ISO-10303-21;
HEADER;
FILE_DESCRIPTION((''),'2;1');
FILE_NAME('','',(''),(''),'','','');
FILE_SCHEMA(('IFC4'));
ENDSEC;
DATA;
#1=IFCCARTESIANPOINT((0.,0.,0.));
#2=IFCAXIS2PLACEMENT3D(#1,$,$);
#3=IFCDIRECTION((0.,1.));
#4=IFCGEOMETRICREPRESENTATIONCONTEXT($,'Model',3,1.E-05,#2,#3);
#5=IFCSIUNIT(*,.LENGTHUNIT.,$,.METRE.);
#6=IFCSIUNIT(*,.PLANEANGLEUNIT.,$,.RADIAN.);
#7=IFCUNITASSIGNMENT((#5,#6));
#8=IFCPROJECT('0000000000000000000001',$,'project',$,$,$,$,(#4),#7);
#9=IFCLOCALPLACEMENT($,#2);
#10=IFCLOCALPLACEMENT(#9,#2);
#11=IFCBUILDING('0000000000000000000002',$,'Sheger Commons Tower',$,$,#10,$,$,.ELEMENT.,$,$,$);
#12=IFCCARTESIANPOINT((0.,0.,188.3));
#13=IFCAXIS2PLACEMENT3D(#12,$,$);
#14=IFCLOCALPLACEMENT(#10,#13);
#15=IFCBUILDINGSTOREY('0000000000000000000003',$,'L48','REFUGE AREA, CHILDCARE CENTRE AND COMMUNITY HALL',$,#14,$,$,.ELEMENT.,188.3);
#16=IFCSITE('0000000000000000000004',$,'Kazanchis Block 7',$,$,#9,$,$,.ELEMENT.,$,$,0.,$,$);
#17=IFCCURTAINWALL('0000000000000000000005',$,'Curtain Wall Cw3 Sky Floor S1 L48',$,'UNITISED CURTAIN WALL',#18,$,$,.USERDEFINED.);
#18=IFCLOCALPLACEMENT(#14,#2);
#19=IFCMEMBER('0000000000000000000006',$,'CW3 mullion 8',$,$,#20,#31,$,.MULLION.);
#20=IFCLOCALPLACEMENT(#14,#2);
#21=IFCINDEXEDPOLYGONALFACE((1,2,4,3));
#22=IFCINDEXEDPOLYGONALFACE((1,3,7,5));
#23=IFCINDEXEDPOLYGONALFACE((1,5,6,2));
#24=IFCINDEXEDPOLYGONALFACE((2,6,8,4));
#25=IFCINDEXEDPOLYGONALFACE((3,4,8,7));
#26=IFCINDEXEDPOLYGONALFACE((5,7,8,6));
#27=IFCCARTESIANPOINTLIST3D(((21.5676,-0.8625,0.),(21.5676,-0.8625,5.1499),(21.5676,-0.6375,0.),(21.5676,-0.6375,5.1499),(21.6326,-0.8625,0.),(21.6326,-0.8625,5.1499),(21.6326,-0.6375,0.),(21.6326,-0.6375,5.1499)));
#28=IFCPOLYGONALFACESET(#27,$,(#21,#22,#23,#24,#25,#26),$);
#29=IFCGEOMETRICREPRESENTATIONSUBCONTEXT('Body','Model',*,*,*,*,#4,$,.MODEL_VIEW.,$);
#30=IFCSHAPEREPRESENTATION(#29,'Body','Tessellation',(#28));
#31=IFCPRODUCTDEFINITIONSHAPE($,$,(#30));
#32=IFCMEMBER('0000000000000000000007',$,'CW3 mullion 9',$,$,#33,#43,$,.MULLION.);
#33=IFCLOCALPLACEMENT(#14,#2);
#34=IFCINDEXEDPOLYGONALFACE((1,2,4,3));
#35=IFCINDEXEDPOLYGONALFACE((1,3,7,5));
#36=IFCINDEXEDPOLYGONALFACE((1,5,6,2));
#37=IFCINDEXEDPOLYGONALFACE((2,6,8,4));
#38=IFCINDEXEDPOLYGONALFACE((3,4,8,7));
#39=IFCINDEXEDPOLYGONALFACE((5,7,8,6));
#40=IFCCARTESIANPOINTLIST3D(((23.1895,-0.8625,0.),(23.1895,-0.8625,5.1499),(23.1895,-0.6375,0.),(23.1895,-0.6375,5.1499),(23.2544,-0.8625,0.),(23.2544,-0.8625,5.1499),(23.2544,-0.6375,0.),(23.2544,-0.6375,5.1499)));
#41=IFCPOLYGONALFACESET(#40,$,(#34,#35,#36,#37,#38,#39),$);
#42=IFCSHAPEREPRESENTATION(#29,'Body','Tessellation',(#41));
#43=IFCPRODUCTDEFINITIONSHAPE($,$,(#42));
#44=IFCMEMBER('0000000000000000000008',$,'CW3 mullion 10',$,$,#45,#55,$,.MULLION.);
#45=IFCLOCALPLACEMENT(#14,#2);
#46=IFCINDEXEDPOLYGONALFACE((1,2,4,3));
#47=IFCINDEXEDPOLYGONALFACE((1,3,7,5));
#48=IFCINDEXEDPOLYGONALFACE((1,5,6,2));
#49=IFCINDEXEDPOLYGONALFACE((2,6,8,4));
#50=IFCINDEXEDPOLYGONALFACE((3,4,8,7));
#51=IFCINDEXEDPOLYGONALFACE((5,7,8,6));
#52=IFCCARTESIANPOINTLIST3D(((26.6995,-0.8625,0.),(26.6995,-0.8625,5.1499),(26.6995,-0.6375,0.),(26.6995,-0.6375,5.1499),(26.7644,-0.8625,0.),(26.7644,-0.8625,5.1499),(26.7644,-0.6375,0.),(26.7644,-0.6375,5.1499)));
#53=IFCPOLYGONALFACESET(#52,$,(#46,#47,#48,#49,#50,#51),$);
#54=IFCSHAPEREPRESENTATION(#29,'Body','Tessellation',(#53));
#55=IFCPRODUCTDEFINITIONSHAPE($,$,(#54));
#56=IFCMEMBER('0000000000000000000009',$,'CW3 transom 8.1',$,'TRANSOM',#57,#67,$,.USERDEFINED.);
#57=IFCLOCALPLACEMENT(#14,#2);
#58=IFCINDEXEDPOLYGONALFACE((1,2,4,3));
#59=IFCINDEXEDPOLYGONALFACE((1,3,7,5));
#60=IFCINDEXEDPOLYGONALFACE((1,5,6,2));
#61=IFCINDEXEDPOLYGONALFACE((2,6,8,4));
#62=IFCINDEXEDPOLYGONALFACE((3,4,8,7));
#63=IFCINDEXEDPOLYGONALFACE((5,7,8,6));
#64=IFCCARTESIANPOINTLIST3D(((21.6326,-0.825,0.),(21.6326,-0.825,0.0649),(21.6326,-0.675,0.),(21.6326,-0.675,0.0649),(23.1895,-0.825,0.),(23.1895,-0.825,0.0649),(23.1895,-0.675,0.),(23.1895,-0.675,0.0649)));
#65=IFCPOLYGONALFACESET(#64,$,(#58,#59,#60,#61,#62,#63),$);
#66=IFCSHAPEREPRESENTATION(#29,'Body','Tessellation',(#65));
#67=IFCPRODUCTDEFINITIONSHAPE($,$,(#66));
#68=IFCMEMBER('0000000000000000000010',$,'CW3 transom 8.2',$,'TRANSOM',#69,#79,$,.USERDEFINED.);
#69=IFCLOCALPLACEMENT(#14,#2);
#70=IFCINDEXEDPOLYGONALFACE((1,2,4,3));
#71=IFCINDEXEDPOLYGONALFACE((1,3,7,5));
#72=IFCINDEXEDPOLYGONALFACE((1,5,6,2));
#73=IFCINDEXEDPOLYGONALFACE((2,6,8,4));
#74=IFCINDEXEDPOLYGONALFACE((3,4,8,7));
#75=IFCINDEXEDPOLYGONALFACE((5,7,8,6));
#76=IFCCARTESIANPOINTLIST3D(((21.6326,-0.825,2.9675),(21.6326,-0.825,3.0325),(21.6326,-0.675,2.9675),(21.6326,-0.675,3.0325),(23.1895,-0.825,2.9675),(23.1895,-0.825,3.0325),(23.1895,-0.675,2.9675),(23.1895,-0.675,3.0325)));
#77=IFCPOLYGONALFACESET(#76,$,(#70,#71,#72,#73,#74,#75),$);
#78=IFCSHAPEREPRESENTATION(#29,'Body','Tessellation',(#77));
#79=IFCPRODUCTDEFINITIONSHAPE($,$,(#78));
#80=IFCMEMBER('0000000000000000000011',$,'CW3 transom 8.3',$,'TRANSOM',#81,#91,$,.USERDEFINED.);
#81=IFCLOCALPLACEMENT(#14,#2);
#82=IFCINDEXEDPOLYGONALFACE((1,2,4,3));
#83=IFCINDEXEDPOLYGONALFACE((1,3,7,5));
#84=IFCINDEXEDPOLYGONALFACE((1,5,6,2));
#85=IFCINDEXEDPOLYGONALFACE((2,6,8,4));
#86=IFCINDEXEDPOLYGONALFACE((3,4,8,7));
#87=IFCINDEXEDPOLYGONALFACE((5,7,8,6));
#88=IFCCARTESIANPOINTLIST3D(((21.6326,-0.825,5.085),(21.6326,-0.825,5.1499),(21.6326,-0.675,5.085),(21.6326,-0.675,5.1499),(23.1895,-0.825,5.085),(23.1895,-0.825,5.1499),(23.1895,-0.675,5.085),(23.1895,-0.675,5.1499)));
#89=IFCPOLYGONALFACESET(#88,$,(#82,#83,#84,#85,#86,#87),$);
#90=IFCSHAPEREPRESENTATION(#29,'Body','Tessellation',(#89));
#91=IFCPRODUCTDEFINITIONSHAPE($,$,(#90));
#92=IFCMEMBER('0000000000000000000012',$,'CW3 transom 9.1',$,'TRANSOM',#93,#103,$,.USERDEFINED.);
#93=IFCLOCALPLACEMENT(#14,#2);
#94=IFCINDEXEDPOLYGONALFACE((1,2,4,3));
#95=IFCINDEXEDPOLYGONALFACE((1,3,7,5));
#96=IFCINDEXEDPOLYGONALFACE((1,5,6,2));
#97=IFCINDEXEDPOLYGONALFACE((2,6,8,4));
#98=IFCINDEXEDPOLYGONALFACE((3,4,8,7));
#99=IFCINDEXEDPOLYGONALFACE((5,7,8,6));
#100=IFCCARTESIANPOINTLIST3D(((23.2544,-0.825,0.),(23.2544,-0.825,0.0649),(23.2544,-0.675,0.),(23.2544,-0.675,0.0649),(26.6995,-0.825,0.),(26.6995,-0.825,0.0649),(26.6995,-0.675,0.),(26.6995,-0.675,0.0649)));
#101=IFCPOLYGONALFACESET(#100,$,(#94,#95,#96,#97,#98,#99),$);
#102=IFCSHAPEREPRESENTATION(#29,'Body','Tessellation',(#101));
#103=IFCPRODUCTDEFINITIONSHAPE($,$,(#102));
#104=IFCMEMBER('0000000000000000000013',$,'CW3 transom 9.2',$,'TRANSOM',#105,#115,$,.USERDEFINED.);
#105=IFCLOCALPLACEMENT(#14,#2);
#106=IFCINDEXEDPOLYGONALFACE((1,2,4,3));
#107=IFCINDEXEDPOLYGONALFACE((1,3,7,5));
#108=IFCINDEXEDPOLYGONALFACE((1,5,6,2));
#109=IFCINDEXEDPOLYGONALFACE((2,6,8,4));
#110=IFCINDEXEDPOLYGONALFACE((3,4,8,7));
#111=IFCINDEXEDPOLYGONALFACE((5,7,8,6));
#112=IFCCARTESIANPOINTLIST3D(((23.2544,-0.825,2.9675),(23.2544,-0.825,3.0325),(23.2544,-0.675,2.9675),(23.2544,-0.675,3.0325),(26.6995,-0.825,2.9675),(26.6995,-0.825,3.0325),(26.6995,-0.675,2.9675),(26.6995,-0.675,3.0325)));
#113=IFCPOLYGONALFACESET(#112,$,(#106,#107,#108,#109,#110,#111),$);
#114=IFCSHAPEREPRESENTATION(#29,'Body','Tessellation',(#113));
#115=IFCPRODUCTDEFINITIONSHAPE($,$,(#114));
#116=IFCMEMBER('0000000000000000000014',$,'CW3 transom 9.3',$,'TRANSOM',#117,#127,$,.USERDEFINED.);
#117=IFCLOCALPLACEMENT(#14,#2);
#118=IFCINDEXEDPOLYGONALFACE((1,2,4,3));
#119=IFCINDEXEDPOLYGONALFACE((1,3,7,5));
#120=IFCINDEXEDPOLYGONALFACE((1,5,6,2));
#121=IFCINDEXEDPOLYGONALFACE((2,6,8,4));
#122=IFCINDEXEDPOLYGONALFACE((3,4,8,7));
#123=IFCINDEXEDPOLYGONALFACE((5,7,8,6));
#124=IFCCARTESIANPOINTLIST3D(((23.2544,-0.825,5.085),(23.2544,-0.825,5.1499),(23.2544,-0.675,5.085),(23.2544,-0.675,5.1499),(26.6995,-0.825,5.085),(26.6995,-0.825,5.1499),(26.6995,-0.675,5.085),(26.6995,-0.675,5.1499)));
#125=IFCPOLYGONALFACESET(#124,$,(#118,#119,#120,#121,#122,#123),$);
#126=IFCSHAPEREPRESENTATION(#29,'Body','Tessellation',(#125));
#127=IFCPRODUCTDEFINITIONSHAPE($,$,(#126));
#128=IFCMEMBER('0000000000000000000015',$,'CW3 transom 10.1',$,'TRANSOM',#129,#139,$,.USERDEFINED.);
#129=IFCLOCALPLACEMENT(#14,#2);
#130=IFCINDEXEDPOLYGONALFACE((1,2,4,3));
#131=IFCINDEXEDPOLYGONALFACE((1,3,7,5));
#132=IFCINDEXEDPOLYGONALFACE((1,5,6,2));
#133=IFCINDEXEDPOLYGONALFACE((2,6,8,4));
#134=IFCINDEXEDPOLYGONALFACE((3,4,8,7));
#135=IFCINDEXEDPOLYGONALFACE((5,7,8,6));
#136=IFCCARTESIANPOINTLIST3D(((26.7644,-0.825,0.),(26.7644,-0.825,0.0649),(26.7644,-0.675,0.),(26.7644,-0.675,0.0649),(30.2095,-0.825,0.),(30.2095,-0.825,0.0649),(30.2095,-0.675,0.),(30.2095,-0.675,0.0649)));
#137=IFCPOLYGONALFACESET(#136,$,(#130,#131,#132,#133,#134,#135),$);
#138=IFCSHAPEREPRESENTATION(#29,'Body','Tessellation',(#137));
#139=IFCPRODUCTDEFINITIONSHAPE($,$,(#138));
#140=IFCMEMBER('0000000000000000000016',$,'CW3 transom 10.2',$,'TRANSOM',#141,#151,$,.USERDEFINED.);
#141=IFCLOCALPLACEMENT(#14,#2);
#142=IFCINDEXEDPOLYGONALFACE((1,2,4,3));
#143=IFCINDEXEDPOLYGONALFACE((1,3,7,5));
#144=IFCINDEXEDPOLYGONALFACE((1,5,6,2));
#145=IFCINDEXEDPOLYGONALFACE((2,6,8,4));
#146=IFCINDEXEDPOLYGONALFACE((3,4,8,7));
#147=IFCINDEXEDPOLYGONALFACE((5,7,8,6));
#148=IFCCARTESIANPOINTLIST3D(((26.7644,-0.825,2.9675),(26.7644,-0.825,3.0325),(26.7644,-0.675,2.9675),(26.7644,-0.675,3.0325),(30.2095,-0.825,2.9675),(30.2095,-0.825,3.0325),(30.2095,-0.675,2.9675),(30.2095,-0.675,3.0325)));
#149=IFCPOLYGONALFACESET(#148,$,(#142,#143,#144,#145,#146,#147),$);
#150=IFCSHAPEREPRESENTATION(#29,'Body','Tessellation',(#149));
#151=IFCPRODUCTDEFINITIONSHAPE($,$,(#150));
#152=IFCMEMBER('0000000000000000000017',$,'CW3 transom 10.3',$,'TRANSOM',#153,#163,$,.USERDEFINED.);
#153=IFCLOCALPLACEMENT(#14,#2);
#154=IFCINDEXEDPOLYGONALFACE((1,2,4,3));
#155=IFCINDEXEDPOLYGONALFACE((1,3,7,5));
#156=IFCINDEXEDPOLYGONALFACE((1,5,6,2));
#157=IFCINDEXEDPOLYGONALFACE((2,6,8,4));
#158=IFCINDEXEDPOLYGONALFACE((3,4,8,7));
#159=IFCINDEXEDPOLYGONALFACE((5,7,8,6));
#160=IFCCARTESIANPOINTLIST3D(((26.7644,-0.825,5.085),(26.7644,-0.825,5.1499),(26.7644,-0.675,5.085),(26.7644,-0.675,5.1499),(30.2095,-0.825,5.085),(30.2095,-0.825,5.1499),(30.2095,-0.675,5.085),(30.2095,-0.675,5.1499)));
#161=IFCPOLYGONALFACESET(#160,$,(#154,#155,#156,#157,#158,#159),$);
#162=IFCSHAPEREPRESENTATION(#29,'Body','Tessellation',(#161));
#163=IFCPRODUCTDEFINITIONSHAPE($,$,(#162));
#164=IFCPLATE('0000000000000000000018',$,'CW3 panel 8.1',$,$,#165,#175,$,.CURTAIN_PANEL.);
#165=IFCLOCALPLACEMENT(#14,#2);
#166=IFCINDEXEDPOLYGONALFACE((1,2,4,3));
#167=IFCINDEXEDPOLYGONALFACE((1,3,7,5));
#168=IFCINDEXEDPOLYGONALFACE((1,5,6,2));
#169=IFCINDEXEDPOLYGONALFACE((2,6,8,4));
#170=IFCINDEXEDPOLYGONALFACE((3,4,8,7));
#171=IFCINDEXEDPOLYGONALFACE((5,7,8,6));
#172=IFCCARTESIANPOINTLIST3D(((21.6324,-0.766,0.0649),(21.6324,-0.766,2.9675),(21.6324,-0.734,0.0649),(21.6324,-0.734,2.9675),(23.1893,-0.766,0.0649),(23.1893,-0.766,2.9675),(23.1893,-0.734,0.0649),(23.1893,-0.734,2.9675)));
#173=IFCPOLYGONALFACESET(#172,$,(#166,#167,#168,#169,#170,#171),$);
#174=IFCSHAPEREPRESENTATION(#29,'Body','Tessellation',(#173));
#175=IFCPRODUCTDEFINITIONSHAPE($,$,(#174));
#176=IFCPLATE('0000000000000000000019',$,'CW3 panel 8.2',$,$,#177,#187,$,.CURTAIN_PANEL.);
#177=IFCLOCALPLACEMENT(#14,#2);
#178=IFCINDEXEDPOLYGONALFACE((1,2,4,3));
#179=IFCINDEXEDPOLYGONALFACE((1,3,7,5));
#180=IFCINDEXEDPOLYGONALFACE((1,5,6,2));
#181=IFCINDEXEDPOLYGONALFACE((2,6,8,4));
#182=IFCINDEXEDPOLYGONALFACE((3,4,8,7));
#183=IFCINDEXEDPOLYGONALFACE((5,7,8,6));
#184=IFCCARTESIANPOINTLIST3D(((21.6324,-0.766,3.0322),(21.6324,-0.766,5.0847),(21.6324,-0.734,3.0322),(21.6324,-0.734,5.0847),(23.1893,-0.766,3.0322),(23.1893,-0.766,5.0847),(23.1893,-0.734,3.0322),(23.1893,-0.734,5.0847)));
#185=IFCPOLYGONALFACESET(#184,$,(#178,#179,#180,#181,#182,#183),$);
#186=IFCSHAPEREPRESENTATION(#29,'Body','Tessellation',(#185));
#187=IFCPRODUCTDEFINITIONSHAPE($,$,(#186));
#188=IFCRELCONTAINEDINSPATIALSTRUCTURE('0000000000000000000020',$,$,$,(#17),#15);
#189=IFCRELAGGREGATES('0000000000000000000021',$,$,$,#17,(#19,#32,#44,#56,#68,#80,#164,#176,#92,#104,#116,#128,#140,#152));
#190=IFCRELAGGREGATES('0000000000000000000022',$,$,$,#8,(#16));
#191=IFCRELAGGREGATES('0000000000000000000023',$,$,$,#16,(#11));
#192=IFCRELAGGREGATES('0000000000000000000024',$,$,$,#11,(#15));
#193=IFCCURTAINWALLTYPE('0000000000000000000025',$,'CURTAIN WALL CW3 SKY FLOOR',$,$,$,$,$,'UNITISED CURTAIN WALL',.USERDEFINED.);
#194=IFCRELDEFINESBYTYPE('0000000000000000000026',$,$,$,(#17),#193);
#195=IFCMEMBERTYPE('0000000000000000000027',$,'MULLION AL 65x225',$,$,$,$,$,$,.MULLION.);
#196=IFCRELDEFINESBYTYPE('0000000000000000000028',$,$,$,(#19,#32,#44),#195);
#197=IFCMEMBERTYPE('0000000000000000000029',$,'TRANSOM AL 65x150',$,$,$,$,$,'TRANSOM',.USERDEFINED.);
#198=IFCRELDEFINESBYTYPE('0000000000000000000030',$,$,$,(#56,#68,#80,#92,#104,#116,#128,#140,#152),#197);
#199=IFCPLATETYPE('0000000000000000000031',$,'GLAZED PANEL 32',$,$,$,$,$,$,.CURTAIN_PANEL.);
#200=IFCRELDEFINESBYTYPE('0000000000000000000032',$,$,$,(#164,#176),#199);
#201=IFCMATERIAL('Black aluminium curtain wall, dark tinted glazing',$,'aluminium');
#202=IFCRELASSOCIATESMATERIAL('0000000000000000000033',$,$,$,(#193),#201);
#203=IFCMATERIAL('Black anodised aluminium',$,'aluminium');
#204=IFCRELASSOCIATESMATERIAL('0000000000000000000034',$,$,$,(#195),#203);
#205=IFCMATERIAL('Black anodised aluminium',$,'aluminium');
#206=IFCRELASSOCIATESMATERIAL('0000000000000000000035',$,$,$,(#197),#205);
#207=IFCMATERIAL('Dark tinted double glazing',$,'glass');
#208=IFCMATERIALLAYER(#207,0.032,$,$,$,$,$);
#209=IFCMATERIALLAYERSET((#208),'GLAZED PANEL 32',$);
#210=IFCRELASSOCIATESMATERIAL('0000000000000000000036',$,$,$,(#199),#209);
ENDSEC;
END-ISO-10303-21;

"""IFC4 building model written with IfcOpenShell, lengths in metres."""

from ifc_helpers import new_model, si_unit, direction, frame, origin, origin_2d, place, context, subcontext, project, spatial, rectangle, extrude, material, layer, layer_set, material_profile, profile_set, type_object, element, aggregate, save


model = new_model("IFC4")

# Units and contexts
model_context = context("Model", 3, precision=1e-05, world=origin(), true_north=direction((0.0, 1.0)))
body_context = subcontext(model_context, "Body", "Model", "MODEL_VIEW")
ifc_project = project(units=[si_unit("LENGTHUNIT", "METRE"), si_unit("PLANEANGLEUNIT", "RADIAN")], contexts=[model_context])

# Site, building, storey
site_placement = place(None, origin())
site = spatial("IfcSite", under=ifc_project, at=site_placement, Name="Kazanchis Block 7", CompositionType="ELEMENT", RefElevation=0.0)
building_placement = place(site_placement, origin())
building = spatial("IfcBuilding", under=site, at=building_placement, Name="Sheger Commons Tower", CompositionType="ELEMENT")
storey_placement = place(building_placement, frame((0.0, 0.0, 188.3)))
storey = spatial("IfcBuildingStorey", under=building, at=storey_placement, Name="L48", Description="REFUGE AREA, CHILDCARE CENTRE AND COMMUNITY HALL", CompositionType="ELEMENT", Elevation=188.3)

# Curtain wall, members, plates
ifc_material_1 = material(Name="Black aluminium curtain wall, dark tinted glazing", Category="aluminium")
curtain_wall_type = type_object("IfcCurtainWallType", Name="CURTAIN WALL CW3 SKY FLOOR", ElementType="UNITISED CURTAIN WALL", PredefinedType="USERDEFINED", material=ifc_material_1)
curtain_wall_placement = place(storey_placement, origin())
curtain_wall = element("IfcCurtainWall", 1, at=curtain_wall_placement, inside=storey, type_object=curtain_wall_type, Name="Curtain Wall Cw3 Sky Floor S1 L48", ObjectType="UNITISED CURTAIN WALL", PredefinedType="USERDEFINED")
ifc_material_2 = material(Name="Black anodised aluminium", Category="aluminium")
ifc_material_profile_1 = material_profile(ifc_material_2, rectangle(XDim=0.2251, YDim=0.0649, at=origin_2d()), Name="AL 65x225")
ifc_profile_set_1 = profile_set([ifc_material_profile_1], Name="Black anodised aluminium")
member_type_1 = type_object("IfcMemberType", Name="MULLION AL 65x225", PredefinedType="MULLION", material=ifc_profile_set_1)
member_1_placement = place(storey_placement, frame((21.6001, -0.75, 0.0), z_axis=(0.0, 0.0, 1.0), x_axis=(0.0, 1.0, 0.0)))
member_1 = element("IfcMember", 2, at=member_1_placement, type_object=member_type_1, Name="CW3 mullion 8", PredefinedType="MULLION", context=body_context, shape_type="SweptSolid", body=[
    extrude(rectangle(XDim=0.2251, YDim=0.0649, at=origin_2d()), origin(), (0.0, 0.0, 1.0), 5.1499),
])
member_2_placement = place(storey_placement, frame((23.2219, -0.75, 0.0), z_axis=(0.0, 0.0, 1.0), x_axis=(0.0, 1.0, 0.0)))
member_2 = element("IfcMember", 3, at=member_2_placement, type_object=member_type_1, Name="CW3 mullion 9", PredefinedType="MULLION", context=body_context, shape_type="SweptSolid", body=[
    extrude(rectangle(XDim=0.2251, YDim=0.0649, at=origin_2d()), origin(), (0.0, 0.0, 1.0), 5.1499),
])
member_3_placement = place(storey_placement, frame((26.7319, -0.75, 0.0), z_axis=(0.0, 0.0, 1.0), x_axis=(0.0, 1.0, 0.0)))
member_3 = element("IfcMember", 4, at=member_3_placement, type_object=member_type_1, Name="CW3 mullion 10", PredefinedType="MULLION", context=body_context, shape_type="SweptSolid", body=[
    extrude(rectangle(XDim=0.2251, YDim=0.0649, at=origin_2d()), origin(), (0.0, 0.0, 1.0), 5.1499),
])
ifc_material_3 = material(Name="Black anodised aluminium", Category="aluminium")
ifc_material_profile_2 = material_profile(ifc_material_3, rectangle(XDim=0.1499, YDim=0.0649, at=origin_2d()), Name="AL 65x150")
ifc_profile_set_2 = profile_set([ifc_material_profile_2], Name="Black anodised aluminium")
member_type_2 = type_object("IfcMemberType", Name="TRANSOM AL 65x150", ElementType="TRANSOM", PredefinedType="USERDEFINED", material=ifc_profile_set_2)
member_4_placement = place(storey_placement, frame((21.6326, -0.75, 0.0325), z_axis=(1.0, 0.0, 0.0), x_axis=(0.0, 1.0, 0.0)))
member_4 = element("IfcMember", 5, at=member_4_placement, type_object=member_type_2, Name="CW3 transom 8.1", ObjectType="TRANSOM", PredefinedType="USERDEFINED", context=body_context, shape_type="SweptSolid", body=[
    extrude(rectangle(XDim=0.1499, YDim=0.0649, at=origin_2d()), origin(), (0.0, 0.0, 1.0), 1.5569),
])
member_5_placement = place(storey_placement, frame((21.6326, -0.75, 3.0), z_axis=(1.0, 0.0, 0.0), x_axis=(0.0, 1.0, 0.0)))
member_5 = element("IfcMember", 6, at=member_5_placement, type_object=member_type_2, Name="CW3 transom 8.2", ObjectType="TRANSOM", PredefinedType="USERDEFINED", context=body_context, shape_type="SweptSolid", body=[
    extrude(rectangle(XDim=0.1499, YDim=0.0649, at=origin_2d()), origin(), (0.0, 0.0, 1.0), 1.5569),
])
member_6_placement = place(storey_placement, frame((21.6326, -0.75, 5.1174), z_axis=(1.0, 0.0, 0.0), x_axis=(0.0, 1.0, 0.0)))
member_6 = element("IfcMember", 7, at=member_6_placement, type_object=member_type_2, Name="CW3 transom 8.3", ObjectType="TRANSOM", PredefinedType="USERDEFINED", context=body_context, shape_type="SweptSolid", body=[
    extrude(rectangle(XDim=0.1499, YDim=0.0649, at=origin_2d()), origin(), (0.0, 0.0, 1.0), 1.5569),
])
member_7_placement = place(storey_placement, frame((23.2544, -0.75, 0.0325), z_axis=(1.0, 0.0, 0.0), x_axis=(0.0, 1.0, 0.0)))
member_7 = element("IfcMember", 8, at=member_7_placement, type_object=member_type_2, Name="CW3 transom 9.1", ObjectType="TRANSOM", PredefinedType="USERDEFINED", context=body_context, shape_type="SweptSolid", body=[
    extrude(rectangle(XDim=0.1499, YDim=0.0649, at=origin_2d()), origin(), (0.0, 0.0, 1.0), 3.4451),
])
member_8_placement = place(storey_placement, frame((23.2544, -0.75, 3.0), z_axis=(1.0, 0.0, 0.0), x_axis=(0.0, 1.0, 0.0)))
member_8 = element("IfcMember", 9, at=member_8_placement, type_object=member_type_2, Name="CW3 transom 9.2", ObjectType="TRANSOM", PredefinedType="USERDEFINED", context=body_context, shape_type="SweptSolid", body=[
    extrude(rectangle(XDim=0.1499, YDim=0.0649, at=origin_2d()), origin(), (0.0, 0.0, 1.0), 3.4451),
])
member_9_placement = place(storey_placement, frame((23.2544, -0.75, 5.1174), z_axis=(1.0, 0.0, 0.0), x_axis=(0.0, 1.0, 0.0)))
member_9 = element("IfcMember", 10, at=member_9_placement, type_object=member_type_2, Name="CW3 transom 9.3", ObjectType="TRANSOM", PredefinedType="USERDEFINED", context=body_context, shape_type="SweptSolid", body=[
    extrude(rectangle(XDim=0.1499, YDim=0.0649, at=origin_2d()), origin(), (0.0, 0.0, 1.0), 3.4451),
])
member_10_placement = place(storey_placement, frame((26.7644, -0.75, 0.0325), z_axis=(1.0, 0.0, 0.0), x_axis=(0.0, 1.0, 0.0)))
member_10 = element("IfcMember", 11, at=member_10_placement, type_object=member_type_2, Name="CW3 transom 10.1", ObjectType="TRANSOM", PredefinedType="USERDEFINED", context=body_context, shape_type="SweptSolid", body=[
    extrude(rectangle(XDim=0.1499, YDim=0.0649, at=origin_2d()), origin(), (0.0, 0.0, 1.0), 3.4451),
])
member_11_placement = place(storey_placement, frame((26.7644, -0.75, 3.0), z_axis=(1.0, 0.0, 0.0), x_axis=(0.0, 1.0, 0.0)))
member_11 = element("IfcMember", 12, at=member_11_placement, type_object=member_type_2, Name="CW3 transom 10.2", ObjectType="TRANSOM", PredefinedType="USERDEFINED", context=body_context, shape_type="SweptSolid", body=[
    extrude(rectangle(XDim=0.1499, YDim=0.0649, at=origin_2d()), origin(), (0.0, 0.0, 1.0), 3.4451),
])
member_12_placement = place(storey_placement, frame((26.7644, -0.75, 5.1174), z_axis=(1.0, 0.0, 0.0), x_axis=(0.0, 1.0, 0.0)))
member_12 = element("IfcMember", 13, at=member_12_placement, type_object=member_type_2, Name="CW3 transom 10.3", ObjectType="TRANSOM", PredefinedType="USERDEFINED", context=body_context, shape_type="SweptSolid", body=[
    extrude(rectangle(XDim=0.1499, YDim=0.0649, at=origin_2d()), origin(), (0.0, 0.0, 1.0), 3.4451),
])
ifc_material_4 = material(Name="Dark tinted double glazing", Category="glass")
ifc_layer_1 = layer(ifc_material_4, 0.032)
ifc_layer_set_1 = layer_set([ifc_layer_1], Name="GLAZED PANEL 32")
plate_type_1 = type_object("IfcPlateType", Name="GLAZED PANEL 32", PredefinedType="CURTAIN_PANEL", material=ifc_layer_set_1)
plate_1_placement = place(storey_placement, frame((22.4109, -0.75, 0.0649), z_axis=(0.0, 0.0, 1.0), x_axis=(1.0, 0.0, 0.0)))
plate_1 = element("IfcPlate", 14, at=plate_1_placement, type_object=plate_type_1, Name="CW3 panel 8.1", PredefinedType="CURTAIN_PANEL", context=body_context, shape_type="SweptSolid", body=[
    extrude(rectangle(XDim=1.5569, YDim=0.032, at=origin_2d()), origin(), (0.0, 0.0, 1.0), 2.9026),
])
plate_2_placement = place(storey_placement, frame((22.4109, -0.75, 3.0322), z_axis=(0.0, 0.0, 1.0), x_axis=(1.0, 0.0, 0.0)))
plate_2 = element("IfcPlate", 15, at=plate_2_placement, type_object=plate_type_1, Name="CW3 panel 8.2", PredefinedType="CURTAIN_PANEL", context=body_context, shape_type="SweptSolid", body=[
    extrude(rectangle(XDim=1.5569, YDim=0.032, at=origin_2d()), origin(), (0.0, 0.0, 1.0), 2.0525),
])
aggregate(curtain_wall, [member_1, member_2, member_3, member_4, member_5, member_6, plate_1, plate_2, member_7, member_8, member_9, member_10, member_11, member_12])

save(model, "model.ifc")
